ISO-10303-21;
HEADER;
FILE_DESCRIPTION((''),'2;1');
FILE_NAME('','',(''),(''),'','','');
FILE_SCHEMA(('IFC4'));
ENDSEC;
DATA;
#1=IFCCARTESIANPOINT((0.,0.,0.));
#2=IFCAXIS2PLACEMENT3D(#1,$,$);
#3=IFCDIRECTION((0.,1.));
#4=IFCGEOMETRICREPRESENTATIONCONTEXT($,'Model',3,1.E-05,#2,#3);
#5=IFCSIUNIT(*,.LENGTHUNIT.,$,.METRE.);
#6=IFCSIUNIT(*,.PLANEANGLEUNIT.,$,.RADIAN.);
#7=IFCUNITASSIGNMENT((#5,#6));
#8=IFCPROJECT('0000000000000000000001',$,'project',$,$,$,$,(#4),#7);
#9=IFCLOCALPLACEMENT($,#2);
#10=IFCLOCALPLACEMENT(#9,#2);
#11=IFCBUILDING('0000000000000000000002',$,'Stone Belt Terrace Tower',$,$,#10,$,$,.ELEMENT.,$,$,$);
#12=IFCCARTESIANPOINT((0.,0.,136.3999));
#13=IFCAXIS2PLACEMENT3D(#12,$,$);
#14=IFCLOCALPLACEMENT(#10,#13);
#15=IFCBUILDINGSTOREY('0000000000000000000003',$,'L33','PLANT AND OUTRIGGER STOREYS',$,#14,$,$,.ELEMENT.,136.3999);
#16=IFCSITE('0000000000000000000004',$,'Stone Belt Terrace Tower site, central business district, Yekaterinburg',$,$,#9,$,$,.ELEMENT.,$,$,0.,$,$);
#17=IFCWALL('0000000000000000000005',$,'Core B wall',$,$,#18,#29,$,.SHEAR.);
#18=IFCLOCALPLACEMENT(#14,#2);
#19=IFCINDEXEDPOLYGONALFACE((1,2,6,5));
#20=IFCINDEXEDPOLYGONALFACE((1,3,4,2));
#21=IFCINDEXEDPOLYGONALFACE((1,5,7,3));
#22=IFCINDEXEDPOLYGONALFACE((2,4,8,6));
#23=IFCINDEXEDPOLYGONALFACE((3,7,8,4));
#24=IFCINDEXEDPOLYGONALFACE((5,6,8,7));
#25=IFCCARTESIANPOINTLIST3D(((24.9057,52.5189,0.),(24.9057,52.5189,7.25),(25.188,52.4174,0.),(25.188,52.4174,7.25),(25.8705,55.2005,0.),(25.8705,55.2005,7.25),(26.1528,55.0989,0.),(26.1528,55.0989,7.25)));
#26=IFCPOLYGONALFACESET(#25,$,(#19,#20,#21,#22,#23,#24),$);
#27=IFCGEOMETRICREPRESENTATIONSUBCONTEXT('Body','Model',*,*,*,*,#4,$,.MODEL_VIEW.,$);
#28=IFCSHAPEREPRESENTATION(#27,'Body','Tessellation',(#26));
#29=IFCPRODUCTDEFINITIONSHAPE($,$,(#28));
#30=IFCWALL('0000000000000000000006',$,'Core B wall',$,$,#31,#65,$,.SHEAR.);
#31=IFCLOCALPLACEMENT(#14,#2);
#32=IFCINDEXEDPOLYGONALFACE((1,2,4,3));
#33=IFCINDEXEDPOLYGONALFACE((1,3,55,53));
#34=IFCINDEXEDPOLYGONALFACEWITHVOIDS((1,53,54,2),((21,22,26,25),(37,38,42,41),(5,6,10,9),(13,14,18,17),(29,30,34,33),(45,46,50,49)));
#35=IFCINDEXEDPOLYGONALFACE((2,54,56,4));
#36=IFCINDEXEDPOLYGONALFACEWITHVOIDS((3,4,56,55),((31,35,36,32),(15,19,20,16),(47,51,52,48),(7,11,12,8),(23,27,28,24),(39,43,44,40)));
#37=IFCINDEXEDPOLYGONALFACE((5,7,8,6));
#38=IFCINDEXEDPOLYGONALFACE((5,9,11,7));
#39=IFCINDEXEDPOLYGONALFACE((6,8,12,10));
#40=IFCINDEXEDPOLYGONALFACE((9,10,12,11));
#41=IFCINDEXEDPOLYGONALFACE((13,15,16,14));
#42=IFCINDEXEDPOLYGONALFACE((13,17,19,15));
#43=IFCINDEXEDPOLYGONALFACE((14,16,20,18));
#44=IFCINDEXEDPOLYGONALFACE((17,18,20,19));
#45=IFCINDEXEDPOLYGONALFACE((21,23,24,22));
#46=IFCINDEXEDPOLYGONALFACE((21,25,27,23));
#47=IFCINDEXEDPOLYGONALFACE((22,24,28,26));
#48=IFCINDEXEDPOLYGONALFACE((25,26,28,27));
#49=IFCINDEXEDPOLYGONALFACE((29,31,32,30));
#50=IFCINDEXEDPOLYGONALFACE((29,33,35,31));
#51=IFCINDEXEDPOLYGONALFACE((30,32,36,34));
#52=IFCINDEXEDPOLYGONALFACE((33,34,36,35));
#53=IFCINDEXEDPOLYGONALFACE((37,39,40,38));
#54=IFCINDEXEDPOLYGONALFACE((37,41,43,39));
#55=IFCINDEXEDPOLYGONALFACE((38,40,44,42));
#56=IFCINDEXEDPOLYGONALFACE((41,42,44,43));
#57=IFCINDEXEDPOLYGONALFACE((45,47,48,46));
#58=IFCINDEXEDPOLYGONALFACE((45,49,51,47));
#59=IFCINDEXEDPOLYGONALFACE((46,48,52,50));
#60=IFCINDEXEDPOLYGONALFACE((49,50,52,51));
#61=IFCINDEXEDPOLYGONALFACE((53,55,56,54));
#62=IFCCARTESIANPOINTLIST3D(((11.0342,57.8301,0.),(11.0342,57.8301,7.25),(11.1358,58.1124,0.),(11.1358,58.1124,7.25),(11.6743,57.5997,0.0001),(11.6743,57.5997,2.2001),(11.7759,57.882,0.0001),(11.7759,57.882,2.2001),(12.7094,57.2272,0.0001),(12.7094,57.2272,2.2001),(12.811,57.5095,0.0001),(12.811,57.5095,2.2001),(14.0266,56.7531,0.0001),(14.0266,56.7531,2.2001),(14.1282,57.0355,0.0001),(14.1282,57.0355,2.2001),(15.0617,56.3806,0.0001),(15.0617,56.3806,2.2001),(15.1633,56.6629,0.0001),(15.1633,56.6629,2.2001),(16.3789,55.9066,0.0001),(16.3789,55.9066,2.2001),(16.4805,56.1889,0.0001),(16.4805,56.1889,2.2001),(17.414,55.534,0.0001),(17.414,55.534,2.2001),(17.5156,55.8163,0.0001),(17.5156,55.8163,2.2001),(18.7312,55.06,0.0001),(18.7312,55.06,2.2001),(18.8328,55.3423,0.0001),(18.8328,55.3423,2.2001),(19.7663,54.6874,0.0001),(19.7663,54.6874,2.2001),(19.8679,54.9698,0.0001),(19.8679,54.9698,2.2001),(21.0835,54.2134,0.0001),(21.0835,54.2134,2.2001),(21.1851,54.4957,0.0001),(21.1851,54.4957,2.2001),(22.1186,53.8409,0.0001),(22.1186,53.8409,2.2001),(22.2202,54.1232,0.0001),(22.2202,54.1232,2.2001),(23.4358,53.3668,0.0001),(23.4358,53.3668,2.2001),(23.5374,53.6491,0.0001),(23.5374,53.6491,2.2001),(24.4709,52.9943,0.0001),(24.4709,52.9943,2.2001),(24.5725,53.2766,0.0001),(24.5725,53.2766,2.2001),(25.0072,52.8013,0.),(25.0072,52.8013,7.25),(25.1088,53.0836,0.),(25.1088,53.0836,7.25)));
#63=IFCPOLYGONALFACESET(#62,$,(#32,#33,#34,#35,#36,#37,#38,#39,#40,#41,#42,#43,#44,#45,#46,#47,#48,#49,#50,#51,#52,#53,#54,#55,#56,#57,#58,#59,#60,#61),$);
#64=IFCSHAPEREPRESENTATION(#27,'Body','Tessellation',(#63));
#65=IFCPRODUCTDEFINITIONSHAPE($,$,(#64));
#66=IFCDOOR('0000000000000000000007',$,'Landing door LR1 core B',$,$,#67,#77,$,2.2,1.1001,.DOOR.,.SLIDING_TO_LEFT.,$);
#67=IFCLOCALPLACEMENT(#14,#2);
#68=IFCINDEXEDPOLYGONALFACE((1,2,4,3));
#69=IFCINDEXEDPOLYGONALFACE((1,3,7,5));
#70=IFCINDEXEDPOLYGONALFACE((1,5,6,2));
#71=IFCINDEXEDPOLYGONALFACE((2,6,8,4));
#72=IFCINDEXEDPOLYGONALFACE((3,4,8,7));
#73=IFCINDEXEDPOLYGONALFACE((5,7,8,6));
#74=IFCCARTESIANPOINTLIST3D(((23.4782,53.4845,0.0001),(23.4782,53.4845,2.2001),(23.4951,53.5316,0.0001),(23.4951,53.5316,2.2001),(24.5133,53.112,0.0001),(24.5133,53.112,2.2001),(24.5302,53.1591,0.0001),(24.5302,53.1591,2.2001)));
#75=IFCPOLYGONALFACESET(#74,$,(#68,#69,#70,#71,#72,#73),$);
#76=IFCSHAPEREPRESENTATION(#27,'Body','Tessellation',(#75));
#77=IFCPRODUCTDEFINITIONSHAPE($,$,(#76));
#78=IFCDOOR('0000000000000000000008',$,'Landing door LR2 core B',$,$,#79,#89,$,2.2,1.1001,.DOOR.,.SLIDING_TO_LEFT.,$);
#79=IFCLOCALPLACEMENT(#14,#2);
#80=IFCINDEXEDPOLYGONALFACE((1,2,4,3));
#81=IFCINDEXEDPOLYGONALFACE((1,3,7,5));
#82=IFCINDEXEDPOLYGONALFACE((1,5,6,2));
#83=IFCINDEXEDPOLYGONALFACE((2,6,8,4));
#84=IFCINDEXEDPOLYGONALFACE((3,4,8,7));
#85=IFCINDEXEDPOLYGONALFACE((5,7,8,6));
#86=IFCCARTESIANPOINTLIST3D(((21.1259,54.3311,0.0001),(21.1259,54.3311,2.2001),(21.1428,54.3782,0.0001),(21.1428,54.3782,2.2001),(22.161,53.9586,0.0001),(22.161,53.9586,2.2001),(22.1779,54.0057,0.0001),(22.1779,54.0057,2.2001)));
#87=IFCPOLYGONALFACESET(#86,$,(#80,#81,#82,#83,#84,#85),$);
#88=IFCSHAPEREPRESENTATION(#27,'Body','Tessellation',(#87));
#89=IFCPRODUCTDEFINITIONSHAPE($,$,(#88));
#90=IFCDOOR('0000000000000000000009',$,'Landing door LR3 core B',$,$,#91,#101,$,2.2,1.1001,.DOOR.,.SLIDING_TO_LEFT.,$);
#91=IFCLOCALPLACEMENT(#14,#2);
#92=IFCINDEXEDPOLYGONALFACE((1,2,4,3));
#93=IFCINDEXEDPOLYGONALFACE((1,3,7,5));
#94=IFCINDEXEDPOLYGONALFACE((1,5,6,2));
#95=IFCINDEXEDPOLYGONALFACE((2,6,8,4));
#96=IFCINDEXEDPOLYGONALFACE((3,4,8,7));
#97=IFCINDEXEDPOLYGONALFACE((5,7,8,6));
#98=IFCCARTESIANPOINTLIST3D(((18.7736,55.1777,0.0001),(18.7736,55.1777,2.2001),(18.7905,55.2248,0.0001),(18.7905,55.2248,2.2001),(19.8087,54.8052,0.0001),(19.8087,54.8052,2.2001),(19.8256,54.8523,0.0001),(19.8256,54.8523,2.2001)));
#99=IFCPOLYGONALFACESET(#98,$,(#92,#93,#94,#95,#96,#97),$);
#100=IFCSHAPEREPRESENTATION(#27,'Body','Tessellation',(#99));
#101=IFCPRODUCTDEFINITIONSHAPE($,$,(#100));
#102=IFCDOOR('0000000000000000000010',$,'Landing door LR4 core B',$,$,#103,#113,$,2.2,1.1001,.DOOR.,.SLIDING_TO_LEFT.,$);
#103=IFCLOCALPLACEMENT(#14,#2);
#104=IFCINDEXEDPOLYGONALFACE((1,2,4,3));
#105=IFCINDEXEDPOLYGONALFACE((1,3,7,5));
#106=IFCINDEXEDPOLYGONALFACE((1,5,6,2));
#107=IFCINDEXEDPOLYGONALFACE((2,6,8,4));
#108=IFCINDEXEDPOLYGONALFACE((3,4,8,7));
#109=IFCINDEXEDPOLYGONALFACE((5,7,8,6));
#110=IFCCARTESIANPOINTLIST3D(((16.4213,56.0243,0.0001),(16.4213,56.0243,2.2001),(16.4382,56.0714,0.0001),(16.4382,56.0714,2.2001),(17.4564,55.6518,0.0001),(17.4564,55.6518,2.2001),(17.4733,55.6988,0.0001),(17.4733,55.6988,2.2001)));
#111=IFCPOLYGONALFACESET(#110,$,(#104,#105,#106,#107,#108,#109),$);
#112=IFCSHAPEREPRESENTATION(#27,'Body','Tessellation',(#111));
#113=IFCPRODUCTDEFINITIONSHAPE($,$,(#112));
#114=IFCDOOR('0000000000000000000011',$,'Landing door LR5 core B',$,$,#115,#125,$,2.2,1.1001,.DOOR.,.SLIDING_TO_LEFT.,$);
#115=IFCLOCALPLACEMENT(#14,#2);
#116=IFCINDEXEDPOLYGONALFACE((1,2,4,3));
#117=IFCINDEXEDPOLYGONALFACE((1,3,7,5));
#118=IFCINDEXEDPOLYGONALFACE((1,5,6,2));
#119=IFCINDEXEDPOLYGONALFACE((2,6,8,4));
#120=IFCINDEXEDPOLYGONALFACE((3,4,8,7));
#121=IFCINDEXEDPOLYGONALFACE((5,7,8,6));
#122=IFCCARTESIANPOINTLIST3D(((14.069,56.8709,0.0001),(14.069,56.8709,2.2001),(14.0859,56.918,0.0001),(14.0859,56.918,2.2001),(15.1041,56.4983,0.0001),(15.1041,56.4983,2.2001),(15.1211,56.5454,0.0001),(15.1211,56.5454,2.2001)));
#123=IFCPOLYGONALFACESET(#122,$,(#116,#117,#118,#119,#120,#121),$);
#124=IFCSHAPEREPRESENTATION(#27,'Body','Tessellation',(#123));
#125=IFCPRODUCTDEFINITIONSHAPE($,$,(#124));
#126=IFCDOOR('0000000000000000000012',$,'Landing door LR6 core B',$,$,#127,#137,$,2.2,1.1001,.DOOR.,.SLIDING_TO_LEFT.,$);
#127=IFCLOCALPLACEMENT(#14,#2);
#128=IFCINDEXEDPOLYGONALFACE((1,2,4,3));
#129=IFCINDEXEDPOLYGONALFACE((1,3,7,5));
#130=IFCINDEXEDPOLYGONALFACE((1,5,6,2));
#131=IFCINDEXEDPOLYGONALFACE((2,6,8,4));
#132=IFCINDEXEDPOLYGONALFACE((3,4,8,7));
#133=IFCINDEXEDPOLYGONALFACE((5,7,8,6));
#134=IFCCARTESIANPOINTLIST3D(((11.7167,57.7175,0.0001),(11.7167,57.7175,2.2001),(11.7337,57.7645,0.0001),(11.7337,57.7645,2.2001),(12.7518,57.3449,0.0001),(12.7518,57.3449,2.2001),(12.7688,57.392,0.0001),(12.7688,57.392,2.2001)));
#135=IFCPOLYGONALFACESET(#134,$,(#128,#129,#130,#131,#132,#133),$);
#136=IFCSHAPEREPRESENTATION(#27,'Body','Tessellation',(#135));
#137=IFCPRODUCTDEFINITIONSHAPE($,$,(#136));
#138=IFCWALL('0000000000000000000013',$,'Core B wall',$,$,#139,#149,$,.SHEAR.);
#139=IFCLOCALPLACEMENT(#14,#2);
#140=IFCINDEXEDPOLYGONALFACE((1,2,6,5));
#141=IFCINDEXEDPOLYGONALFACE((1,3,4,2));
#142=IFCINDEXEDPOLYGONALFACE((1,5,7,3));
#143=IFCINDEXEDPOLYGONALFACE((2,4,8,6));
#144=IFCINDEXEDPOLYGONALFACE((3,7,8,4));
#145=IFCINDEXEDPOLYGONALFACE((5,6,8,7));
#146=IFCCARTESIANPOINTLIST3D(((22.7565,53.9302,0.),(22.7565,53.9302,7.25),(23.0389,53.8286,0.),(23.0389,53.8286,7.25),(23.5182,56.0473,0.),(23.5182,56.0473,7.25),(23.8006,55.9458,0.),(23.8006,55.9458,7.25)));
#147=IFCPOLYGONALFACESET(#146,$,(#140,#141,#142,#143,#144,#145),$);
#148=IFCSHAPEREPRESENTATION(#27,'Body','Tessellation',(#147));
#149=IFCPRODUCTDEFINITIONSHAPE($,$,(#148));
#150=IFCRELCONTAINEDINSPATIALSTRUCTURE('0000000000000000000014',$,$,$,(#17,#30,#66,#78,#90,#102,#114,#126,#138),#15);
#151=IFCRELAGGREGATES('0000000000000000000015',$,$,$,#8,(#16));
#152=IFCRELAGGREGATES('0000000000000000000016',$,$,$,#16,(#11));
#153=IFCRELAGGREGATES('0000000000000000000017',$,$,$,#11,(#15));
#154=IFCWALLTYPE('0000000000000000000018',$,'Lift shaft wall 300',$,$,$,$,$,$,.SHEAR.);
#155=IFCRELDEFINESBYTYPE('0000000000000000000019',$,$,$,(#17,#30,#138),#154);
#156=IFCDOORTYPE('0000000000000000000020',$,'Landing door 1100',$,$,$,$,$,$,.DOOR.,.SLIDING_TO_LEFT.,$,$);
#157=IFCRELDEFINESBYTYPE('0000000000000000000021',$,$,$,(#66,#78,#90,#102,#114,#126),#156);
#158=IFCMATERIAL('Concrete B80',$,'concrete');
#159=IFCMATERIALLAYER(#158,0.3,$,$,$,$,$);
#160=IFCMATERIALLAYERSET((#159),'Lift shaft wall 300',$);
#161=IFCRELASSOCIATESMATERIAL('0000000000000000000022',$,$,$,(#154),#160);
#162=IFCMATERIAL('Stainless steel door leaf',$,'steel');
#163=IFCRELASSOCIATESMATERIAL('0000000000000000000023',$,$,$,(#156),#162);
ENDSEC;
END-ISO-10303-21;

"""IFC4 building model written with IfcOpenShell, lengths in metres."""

from ifc_helpers import new_model, si_unit, direction, frame, frame_2d, origin, place, context, subcontext, project, spatial, rectangle, extrude, material, layer, layer_set, type_object, element, fill, save


model = new_model("IFC4")

# Units and contexts
model_context = context("Model", 3, precision=1e-05, world=origin(), true_north=direction((0.0, 1.0)))
body_context = subcontext(model_context, "Body", "Model", "MODEL_VIEW")
ifc_project = project(units=[si_unit("LENGTHUNIT", "METRE"), si_unit("PLANEANGLEUNIT", "RADIAN")], contexts=[model_context])

# Site, building, storey
site_placement = place(None, origin())
site = spatial("IfcSite", under=ifc_project, at=site_placement, Name="Stone Belt Terrace Tower site, central business district, Yekaterinburg", CompositionType="ELEMENT", RefElevation=0.0)
building_placement = place(site_placement, origin())
building = spatial("IfcBuilding", under=site, at=building_placement, Name="Stone Belt Terrace Tower", CompositionType="ELEMENT")
storey_placement = place(building_placement, frame((0.0, 0.0, 136.3999)))
storey = spatial("IfcBuildingStorey", under=building, at=storey_placement, Name="L33", Description="PLANT AND OUTRIGGER STOREYS", CompositionType="ELEMENT", Elevation=136.3999)

# Shared definitions
ifc_material_1 = material(Name="Concrete B80", Category="concrete")

# Wall
ifc_layer_1 = layer(ifc_material_1, 0.3)
ifc_layer_set_1 = layer_set([ifc_layer_1], Name="Lift shaft wall 300")
wall_type_1 = type_object("IfcWallType", Name="Lift shaft wall 300", PredefinedType="SHEAR", material=ifc_layer_set_1)
wall_1_placement = place(storey_placement, frame((25.0469, 52.4683, 0.0), z_axis=(0.0, 0.0, 1.0), x_axis=(0.33855, 0.940949, 0.0)))
element("IfcWall", 1, at=wall_1_placement, inside=storey, type_object=wall_type_1, Name="Core B wall", PredefinedType="SHEAR", context=body_context, shape_type="SweptSolid", body=[
    extrude(rectangle(XDim=2.8499, YDim=0.3, at=frame_2d((1.4248, 0.0))), origin(), (0.0, 0.0, 1.0), 7.25),
])

# Wall, openings, doors
wall_2_placement = place(storey_placement, frame((25.0581, 52.9424, 0.0), z_axis=(0.0, 0.0, 1.0), x_axis=(-0.940918, 0.338634, 0.0)))
wall_2 = element("IfcWall", 2, at=wall_2_placement, inside=storey, type_object=wall_type_1, Name="Core B wall", PredefinedType="SHEAR", context=body_context, shape_type="SweptSolid", body=[
    extrude(rectangle(XDim=14.8503, YDim=0.3, at=frame_2d((7.4253, 0.0))), origin(), (0.0, 0.0, 1.0), 7.25),
])
opening_1_placement = place(wall_2_placement, frame((0.5701, 0.0, 0.0)))
opening_1 = element("IfcOpeningElement", 3, at=opening_1_placement, cuts=wall_2, PredefinedType="OPENING", context=body_context, shape_type="SweptSolid", body=[
    extrude(rectangle(XDim=1.1001, YDim=2.2, at=frame_2d((0.55, 1.1001))), frame((0.0, 0.1599, 0.0), z_axis=(0.0, -1.0, 0.0), x_axis=(1.0, 0.0, 0.0)), (0.0, 0.0, 1.0), 0.3201),
])
opening_2_placement = place(wall_2_placement, frame((3.0701, 0.0, 0.0)))
opening_2 = element("IfcOpeningElement", 4, at=opening_2_placement, cuts=wall_2, PredefinedType="OPENING", context=body_context, shape_type="SweptSolid", body=[
    extrude(rectangle(XDim=1.1001, YDim=2.2, at=frame_2d((0.55, 1.1001))), frame((0.0, 0.1599, 0.0), z_axis=(0.0, -1.0, 0.0), x_axis=(1.0, 0.0, 0.0)), (0.0, 0.0, 1.0), 0.3201),
])
opening_3_placement = place(wall_2_placement, frame((5.5701, 0.0, 0.0)))
opening_3 = element("IfcOpeningElement", 5, at=opening_3_placement, cuts=wall_2, PredefinedType="OPENING", context=body_context, shape_type="SweptSolid", body=[
    extrude(rectangle(XDim=1.1001, YDim=2.2, at=frame_2d((0.55, 1.1001))), frame((0.0, 0.1599, 0.0), z_axis=(0.0, -1.0, 0.0), x_axis=(1.0, 0.0, 0.0)), (0.0, 0.0, 1.0), 0.3201),
])
opening_4_placement = place(wall_2_placement, frame((8.0701, 0.0, 0.0)))
opening_4 = element("IfcOpeningElement", 6, at=opening_4_placement, cuts=wall_2, PredefinedType="OPENING", context=body_context, shape_type="SweptSolid", body=[
    extrude(rectangle(XDim=1.1001, YDim=2.2, at=frame_2d((0.55, 1.1001))), frame((0.0, 0.1599, 0.0), z_axis=(0.0, -1.0, 0.0), x_axis=(1.0, 0.0, 0.0)), (0.0, 0.0, 1.0), 0.3201),
])
opening_5_placement = place(wall_2_placement, frame((10.5701, 0.0, 0.0)))
opening_5 = element("IfcOpeningElement", 7, at=opening_5_placement, cuts=wall_2, PredefinedType="OPENING", context=body_context, shape_type="SweptSolid", body=[
    extrude(rectangle(XDim=1.1001, YDim=2.2, at=frame_2d((0.55, 1.1001))), frame((0.0, 0.1599, 0.0), z_axis=(0.0, -1.0, 0.0), x_axis=(1.0, 0.0, 0.0)), (0.0, 0.0, 1.0), 0.3201),
])
opening_6_placement = place(wall_2_placement, frame((13.0701, 0.0, 0.0)))
opening_6 = element("IfcOpeningElement", 8, at=opening_6_placement, cuts=wall_2, PredefinedType="OPENING", context=body_context, shape_type="SweptSolid", body=[
    extrude(rectangle(XDim=1.1001, YDim=2.2, at=frame_2d((0.55, 1.1001))), frame((0.0, 0.1599, 0.0), z_axis=(0.0, -1.0, 0.0), x_axis=(1.0, 0.0, 0.0)), (0.0, 0.0, 1.0), 0.3201),
])
ifc_material_2 = material(Name="Stainless steel door leaf", Category="steel")
door_type_1 = type_object("IfcDoorType", Name="Landing door 1100", OperationType="SLIDING_TO_LEFT", PredefinedType="DOOR", material=ifc_material_2)
door_1_placement = place(opening_1_placement, origin())
door_1 = element("IfcDoor", 9, at=door_1_placement, inside=storey, type_object=door_type_1, Name="Landing door LR1 core B", OperationType="SLIDING_TO_LEFT", OverallHeight=2.2, OverallWidth=1.1001, PredefinedType="DOOR", context=body_context, shape_type="SweptSolid", body=[
    extrude(rectangle(XDim=1.1001, YDim=2.2, at=frame_2d((0.55, 1.1001))), frame((0.0, 0.0249, 0.0), z_axis=(0.0, -1.0, 0.0), x_axis=(1.0, 0.0, 0.0)), (0.0, 0.0, 1.0), 0.05),
])
fill(opening_1, door_1)
door_2_placement = place(opening_2_placement, origin())
door_2 = element("IfcDoor", 10, at=door_2_placement, inside=storey, type_object=door_type_1, Name="Landing door LR2 core B", OperationType="SLIDING_TO_LEFT", OverallHeight=2.2, OverallWidth=1.1001, PredefinedType="DOOR", context=body_context, shape_type="SweptSolid", body=[
    extrude(rectangle(XDim=1.1001, YDim=2.2, at=frame_2d((0.55, 1.1001))), frame((0.0, 0.0249, 0.0), z_axis=(0.0, -1.0, 0.0), x_axis=(1.0, 0.0, 0.0)), (0.0, 0.0, 1.0), 0.05),
])
fill(opening_2, door_2)
door_3_placement = place(opening_3_placement, origin())
door_3 = element("IfcDoor", 11, at=door_3_placement, inside=storey, type_object=door_type_1, Name="Landing door LR3 core B", OperationType="SLIDING_TO_LEFT", OverallHeight=2.2, OverallWidth=1.1001, PredefinedType="DOOR", context=body_context, shape_type="SweptSolid", body=[
    extrude(rectangle(XDim=1.1001, YDim=2.2, at=frame_2d((0.55, 1.1001))), frame((0.0, 0.0249, 0.0), z_axis=(0.0, -1.0, 0.0), x_axis=(1.0, 0.0, 0.0)), (0.0, 0.0, 1.0), 0.05),
])
fill(opening_3, door_3)
door_4_placement = place(opening_4_placement, origin())
door_4 = element("IfcDoor", 12, at=door_4_placement, inside=storey, type_object=door_type_1, Name="Landing door LR4 core B", OperationType="SLIDING_TO_LEFT", OverallHeight=2.2, OverallWidth=1.1001, PredefinedType="DOOR", context=body_context, shape_type="SweptSolid", body=[
    extrude(rectangle(XDim=1.1001, YDim=2.2, at=frame_2d((0.55, 1.1001))), frame((0.0, 0.0249, 0.0), z_axis=(0.0, -1.0, 0.0), x_axis=(1.0, 0.0, 0.0)), (0.0, 0.0, 1.0), 0.05),
])
fill(opening_4, door_4)
door_5_placement = place(opening_5_placement, origin())
door_5 = element("IfcDoor", 13, at=door_5_placement, inside=storey, type_object=door_type_1, Name="Landing door LR5 core B", OperationType="SLIDING_TO_LEFT", OverallHeight=2.2, OverallWidth=1.1001, PredefinedType="DOOR", context=body_context, shape_type="SweptSolid", body=[
    extrude(rectangle(XDim=1.1001, YDim=2.2, at=frame_2d((0.55, 1.1001))), frame((0.0, 0.0249, 0.0), z_axis=(0.0, -1.0, 0.0), x_axis=(1.0, 0.0, 0.0)), (0.0, 0.0, 1.0), 0.05),
])
fill(opening_5, door_5)
door_6_placement = place(opening_6_placement, origin())
door_6 = element("IfcDoor", 14, at=door_6_placement, inside=storey, type_object=door_type_1, Name="Landing door LR6 core B", OperationType="SLIDING_TO_LEFT", OverallHeight=2.2, OverallWidth=1.1001, PredefinedType="DOOR", context=body_context, shape_type="SweptSolid", body=[
    extrude(rectangle(XDim=1.1001, YDim=2.2, at=frame_2d((0.55, 1.1001))), frame((0.0, 0.0249, 0.0), z_axis=(0.0, -1.0, 0.0), x_axis=(1.0, 0.0, 0.0)), (0.0, 0.0, 1.0), 0.05),
])
fill(opening_6, door_6)

# Wall
wall_3_placement = place(storey_placement, frame((22.8977, 53.8794, 0.0), z_axis=(0.0, 0.0, 1.0), x_axis=(0.338535, 0.940954, 0.0)))
element("IfcWall", 15, at=wall_3_placement, inside=storey, type_object=wall_type_1, Name="Core B wall", PredefinedType="SHEAR", context=body_context, shape_type="SweptSolid", body=[
    extrude(rectangle(XDim=2.25, YDim=0.3, at=frame_2d((1.125, 0.0))), origin(), (0.0, 0.0, 1.0), 7.25),
])

save(model, "model.ifc")
